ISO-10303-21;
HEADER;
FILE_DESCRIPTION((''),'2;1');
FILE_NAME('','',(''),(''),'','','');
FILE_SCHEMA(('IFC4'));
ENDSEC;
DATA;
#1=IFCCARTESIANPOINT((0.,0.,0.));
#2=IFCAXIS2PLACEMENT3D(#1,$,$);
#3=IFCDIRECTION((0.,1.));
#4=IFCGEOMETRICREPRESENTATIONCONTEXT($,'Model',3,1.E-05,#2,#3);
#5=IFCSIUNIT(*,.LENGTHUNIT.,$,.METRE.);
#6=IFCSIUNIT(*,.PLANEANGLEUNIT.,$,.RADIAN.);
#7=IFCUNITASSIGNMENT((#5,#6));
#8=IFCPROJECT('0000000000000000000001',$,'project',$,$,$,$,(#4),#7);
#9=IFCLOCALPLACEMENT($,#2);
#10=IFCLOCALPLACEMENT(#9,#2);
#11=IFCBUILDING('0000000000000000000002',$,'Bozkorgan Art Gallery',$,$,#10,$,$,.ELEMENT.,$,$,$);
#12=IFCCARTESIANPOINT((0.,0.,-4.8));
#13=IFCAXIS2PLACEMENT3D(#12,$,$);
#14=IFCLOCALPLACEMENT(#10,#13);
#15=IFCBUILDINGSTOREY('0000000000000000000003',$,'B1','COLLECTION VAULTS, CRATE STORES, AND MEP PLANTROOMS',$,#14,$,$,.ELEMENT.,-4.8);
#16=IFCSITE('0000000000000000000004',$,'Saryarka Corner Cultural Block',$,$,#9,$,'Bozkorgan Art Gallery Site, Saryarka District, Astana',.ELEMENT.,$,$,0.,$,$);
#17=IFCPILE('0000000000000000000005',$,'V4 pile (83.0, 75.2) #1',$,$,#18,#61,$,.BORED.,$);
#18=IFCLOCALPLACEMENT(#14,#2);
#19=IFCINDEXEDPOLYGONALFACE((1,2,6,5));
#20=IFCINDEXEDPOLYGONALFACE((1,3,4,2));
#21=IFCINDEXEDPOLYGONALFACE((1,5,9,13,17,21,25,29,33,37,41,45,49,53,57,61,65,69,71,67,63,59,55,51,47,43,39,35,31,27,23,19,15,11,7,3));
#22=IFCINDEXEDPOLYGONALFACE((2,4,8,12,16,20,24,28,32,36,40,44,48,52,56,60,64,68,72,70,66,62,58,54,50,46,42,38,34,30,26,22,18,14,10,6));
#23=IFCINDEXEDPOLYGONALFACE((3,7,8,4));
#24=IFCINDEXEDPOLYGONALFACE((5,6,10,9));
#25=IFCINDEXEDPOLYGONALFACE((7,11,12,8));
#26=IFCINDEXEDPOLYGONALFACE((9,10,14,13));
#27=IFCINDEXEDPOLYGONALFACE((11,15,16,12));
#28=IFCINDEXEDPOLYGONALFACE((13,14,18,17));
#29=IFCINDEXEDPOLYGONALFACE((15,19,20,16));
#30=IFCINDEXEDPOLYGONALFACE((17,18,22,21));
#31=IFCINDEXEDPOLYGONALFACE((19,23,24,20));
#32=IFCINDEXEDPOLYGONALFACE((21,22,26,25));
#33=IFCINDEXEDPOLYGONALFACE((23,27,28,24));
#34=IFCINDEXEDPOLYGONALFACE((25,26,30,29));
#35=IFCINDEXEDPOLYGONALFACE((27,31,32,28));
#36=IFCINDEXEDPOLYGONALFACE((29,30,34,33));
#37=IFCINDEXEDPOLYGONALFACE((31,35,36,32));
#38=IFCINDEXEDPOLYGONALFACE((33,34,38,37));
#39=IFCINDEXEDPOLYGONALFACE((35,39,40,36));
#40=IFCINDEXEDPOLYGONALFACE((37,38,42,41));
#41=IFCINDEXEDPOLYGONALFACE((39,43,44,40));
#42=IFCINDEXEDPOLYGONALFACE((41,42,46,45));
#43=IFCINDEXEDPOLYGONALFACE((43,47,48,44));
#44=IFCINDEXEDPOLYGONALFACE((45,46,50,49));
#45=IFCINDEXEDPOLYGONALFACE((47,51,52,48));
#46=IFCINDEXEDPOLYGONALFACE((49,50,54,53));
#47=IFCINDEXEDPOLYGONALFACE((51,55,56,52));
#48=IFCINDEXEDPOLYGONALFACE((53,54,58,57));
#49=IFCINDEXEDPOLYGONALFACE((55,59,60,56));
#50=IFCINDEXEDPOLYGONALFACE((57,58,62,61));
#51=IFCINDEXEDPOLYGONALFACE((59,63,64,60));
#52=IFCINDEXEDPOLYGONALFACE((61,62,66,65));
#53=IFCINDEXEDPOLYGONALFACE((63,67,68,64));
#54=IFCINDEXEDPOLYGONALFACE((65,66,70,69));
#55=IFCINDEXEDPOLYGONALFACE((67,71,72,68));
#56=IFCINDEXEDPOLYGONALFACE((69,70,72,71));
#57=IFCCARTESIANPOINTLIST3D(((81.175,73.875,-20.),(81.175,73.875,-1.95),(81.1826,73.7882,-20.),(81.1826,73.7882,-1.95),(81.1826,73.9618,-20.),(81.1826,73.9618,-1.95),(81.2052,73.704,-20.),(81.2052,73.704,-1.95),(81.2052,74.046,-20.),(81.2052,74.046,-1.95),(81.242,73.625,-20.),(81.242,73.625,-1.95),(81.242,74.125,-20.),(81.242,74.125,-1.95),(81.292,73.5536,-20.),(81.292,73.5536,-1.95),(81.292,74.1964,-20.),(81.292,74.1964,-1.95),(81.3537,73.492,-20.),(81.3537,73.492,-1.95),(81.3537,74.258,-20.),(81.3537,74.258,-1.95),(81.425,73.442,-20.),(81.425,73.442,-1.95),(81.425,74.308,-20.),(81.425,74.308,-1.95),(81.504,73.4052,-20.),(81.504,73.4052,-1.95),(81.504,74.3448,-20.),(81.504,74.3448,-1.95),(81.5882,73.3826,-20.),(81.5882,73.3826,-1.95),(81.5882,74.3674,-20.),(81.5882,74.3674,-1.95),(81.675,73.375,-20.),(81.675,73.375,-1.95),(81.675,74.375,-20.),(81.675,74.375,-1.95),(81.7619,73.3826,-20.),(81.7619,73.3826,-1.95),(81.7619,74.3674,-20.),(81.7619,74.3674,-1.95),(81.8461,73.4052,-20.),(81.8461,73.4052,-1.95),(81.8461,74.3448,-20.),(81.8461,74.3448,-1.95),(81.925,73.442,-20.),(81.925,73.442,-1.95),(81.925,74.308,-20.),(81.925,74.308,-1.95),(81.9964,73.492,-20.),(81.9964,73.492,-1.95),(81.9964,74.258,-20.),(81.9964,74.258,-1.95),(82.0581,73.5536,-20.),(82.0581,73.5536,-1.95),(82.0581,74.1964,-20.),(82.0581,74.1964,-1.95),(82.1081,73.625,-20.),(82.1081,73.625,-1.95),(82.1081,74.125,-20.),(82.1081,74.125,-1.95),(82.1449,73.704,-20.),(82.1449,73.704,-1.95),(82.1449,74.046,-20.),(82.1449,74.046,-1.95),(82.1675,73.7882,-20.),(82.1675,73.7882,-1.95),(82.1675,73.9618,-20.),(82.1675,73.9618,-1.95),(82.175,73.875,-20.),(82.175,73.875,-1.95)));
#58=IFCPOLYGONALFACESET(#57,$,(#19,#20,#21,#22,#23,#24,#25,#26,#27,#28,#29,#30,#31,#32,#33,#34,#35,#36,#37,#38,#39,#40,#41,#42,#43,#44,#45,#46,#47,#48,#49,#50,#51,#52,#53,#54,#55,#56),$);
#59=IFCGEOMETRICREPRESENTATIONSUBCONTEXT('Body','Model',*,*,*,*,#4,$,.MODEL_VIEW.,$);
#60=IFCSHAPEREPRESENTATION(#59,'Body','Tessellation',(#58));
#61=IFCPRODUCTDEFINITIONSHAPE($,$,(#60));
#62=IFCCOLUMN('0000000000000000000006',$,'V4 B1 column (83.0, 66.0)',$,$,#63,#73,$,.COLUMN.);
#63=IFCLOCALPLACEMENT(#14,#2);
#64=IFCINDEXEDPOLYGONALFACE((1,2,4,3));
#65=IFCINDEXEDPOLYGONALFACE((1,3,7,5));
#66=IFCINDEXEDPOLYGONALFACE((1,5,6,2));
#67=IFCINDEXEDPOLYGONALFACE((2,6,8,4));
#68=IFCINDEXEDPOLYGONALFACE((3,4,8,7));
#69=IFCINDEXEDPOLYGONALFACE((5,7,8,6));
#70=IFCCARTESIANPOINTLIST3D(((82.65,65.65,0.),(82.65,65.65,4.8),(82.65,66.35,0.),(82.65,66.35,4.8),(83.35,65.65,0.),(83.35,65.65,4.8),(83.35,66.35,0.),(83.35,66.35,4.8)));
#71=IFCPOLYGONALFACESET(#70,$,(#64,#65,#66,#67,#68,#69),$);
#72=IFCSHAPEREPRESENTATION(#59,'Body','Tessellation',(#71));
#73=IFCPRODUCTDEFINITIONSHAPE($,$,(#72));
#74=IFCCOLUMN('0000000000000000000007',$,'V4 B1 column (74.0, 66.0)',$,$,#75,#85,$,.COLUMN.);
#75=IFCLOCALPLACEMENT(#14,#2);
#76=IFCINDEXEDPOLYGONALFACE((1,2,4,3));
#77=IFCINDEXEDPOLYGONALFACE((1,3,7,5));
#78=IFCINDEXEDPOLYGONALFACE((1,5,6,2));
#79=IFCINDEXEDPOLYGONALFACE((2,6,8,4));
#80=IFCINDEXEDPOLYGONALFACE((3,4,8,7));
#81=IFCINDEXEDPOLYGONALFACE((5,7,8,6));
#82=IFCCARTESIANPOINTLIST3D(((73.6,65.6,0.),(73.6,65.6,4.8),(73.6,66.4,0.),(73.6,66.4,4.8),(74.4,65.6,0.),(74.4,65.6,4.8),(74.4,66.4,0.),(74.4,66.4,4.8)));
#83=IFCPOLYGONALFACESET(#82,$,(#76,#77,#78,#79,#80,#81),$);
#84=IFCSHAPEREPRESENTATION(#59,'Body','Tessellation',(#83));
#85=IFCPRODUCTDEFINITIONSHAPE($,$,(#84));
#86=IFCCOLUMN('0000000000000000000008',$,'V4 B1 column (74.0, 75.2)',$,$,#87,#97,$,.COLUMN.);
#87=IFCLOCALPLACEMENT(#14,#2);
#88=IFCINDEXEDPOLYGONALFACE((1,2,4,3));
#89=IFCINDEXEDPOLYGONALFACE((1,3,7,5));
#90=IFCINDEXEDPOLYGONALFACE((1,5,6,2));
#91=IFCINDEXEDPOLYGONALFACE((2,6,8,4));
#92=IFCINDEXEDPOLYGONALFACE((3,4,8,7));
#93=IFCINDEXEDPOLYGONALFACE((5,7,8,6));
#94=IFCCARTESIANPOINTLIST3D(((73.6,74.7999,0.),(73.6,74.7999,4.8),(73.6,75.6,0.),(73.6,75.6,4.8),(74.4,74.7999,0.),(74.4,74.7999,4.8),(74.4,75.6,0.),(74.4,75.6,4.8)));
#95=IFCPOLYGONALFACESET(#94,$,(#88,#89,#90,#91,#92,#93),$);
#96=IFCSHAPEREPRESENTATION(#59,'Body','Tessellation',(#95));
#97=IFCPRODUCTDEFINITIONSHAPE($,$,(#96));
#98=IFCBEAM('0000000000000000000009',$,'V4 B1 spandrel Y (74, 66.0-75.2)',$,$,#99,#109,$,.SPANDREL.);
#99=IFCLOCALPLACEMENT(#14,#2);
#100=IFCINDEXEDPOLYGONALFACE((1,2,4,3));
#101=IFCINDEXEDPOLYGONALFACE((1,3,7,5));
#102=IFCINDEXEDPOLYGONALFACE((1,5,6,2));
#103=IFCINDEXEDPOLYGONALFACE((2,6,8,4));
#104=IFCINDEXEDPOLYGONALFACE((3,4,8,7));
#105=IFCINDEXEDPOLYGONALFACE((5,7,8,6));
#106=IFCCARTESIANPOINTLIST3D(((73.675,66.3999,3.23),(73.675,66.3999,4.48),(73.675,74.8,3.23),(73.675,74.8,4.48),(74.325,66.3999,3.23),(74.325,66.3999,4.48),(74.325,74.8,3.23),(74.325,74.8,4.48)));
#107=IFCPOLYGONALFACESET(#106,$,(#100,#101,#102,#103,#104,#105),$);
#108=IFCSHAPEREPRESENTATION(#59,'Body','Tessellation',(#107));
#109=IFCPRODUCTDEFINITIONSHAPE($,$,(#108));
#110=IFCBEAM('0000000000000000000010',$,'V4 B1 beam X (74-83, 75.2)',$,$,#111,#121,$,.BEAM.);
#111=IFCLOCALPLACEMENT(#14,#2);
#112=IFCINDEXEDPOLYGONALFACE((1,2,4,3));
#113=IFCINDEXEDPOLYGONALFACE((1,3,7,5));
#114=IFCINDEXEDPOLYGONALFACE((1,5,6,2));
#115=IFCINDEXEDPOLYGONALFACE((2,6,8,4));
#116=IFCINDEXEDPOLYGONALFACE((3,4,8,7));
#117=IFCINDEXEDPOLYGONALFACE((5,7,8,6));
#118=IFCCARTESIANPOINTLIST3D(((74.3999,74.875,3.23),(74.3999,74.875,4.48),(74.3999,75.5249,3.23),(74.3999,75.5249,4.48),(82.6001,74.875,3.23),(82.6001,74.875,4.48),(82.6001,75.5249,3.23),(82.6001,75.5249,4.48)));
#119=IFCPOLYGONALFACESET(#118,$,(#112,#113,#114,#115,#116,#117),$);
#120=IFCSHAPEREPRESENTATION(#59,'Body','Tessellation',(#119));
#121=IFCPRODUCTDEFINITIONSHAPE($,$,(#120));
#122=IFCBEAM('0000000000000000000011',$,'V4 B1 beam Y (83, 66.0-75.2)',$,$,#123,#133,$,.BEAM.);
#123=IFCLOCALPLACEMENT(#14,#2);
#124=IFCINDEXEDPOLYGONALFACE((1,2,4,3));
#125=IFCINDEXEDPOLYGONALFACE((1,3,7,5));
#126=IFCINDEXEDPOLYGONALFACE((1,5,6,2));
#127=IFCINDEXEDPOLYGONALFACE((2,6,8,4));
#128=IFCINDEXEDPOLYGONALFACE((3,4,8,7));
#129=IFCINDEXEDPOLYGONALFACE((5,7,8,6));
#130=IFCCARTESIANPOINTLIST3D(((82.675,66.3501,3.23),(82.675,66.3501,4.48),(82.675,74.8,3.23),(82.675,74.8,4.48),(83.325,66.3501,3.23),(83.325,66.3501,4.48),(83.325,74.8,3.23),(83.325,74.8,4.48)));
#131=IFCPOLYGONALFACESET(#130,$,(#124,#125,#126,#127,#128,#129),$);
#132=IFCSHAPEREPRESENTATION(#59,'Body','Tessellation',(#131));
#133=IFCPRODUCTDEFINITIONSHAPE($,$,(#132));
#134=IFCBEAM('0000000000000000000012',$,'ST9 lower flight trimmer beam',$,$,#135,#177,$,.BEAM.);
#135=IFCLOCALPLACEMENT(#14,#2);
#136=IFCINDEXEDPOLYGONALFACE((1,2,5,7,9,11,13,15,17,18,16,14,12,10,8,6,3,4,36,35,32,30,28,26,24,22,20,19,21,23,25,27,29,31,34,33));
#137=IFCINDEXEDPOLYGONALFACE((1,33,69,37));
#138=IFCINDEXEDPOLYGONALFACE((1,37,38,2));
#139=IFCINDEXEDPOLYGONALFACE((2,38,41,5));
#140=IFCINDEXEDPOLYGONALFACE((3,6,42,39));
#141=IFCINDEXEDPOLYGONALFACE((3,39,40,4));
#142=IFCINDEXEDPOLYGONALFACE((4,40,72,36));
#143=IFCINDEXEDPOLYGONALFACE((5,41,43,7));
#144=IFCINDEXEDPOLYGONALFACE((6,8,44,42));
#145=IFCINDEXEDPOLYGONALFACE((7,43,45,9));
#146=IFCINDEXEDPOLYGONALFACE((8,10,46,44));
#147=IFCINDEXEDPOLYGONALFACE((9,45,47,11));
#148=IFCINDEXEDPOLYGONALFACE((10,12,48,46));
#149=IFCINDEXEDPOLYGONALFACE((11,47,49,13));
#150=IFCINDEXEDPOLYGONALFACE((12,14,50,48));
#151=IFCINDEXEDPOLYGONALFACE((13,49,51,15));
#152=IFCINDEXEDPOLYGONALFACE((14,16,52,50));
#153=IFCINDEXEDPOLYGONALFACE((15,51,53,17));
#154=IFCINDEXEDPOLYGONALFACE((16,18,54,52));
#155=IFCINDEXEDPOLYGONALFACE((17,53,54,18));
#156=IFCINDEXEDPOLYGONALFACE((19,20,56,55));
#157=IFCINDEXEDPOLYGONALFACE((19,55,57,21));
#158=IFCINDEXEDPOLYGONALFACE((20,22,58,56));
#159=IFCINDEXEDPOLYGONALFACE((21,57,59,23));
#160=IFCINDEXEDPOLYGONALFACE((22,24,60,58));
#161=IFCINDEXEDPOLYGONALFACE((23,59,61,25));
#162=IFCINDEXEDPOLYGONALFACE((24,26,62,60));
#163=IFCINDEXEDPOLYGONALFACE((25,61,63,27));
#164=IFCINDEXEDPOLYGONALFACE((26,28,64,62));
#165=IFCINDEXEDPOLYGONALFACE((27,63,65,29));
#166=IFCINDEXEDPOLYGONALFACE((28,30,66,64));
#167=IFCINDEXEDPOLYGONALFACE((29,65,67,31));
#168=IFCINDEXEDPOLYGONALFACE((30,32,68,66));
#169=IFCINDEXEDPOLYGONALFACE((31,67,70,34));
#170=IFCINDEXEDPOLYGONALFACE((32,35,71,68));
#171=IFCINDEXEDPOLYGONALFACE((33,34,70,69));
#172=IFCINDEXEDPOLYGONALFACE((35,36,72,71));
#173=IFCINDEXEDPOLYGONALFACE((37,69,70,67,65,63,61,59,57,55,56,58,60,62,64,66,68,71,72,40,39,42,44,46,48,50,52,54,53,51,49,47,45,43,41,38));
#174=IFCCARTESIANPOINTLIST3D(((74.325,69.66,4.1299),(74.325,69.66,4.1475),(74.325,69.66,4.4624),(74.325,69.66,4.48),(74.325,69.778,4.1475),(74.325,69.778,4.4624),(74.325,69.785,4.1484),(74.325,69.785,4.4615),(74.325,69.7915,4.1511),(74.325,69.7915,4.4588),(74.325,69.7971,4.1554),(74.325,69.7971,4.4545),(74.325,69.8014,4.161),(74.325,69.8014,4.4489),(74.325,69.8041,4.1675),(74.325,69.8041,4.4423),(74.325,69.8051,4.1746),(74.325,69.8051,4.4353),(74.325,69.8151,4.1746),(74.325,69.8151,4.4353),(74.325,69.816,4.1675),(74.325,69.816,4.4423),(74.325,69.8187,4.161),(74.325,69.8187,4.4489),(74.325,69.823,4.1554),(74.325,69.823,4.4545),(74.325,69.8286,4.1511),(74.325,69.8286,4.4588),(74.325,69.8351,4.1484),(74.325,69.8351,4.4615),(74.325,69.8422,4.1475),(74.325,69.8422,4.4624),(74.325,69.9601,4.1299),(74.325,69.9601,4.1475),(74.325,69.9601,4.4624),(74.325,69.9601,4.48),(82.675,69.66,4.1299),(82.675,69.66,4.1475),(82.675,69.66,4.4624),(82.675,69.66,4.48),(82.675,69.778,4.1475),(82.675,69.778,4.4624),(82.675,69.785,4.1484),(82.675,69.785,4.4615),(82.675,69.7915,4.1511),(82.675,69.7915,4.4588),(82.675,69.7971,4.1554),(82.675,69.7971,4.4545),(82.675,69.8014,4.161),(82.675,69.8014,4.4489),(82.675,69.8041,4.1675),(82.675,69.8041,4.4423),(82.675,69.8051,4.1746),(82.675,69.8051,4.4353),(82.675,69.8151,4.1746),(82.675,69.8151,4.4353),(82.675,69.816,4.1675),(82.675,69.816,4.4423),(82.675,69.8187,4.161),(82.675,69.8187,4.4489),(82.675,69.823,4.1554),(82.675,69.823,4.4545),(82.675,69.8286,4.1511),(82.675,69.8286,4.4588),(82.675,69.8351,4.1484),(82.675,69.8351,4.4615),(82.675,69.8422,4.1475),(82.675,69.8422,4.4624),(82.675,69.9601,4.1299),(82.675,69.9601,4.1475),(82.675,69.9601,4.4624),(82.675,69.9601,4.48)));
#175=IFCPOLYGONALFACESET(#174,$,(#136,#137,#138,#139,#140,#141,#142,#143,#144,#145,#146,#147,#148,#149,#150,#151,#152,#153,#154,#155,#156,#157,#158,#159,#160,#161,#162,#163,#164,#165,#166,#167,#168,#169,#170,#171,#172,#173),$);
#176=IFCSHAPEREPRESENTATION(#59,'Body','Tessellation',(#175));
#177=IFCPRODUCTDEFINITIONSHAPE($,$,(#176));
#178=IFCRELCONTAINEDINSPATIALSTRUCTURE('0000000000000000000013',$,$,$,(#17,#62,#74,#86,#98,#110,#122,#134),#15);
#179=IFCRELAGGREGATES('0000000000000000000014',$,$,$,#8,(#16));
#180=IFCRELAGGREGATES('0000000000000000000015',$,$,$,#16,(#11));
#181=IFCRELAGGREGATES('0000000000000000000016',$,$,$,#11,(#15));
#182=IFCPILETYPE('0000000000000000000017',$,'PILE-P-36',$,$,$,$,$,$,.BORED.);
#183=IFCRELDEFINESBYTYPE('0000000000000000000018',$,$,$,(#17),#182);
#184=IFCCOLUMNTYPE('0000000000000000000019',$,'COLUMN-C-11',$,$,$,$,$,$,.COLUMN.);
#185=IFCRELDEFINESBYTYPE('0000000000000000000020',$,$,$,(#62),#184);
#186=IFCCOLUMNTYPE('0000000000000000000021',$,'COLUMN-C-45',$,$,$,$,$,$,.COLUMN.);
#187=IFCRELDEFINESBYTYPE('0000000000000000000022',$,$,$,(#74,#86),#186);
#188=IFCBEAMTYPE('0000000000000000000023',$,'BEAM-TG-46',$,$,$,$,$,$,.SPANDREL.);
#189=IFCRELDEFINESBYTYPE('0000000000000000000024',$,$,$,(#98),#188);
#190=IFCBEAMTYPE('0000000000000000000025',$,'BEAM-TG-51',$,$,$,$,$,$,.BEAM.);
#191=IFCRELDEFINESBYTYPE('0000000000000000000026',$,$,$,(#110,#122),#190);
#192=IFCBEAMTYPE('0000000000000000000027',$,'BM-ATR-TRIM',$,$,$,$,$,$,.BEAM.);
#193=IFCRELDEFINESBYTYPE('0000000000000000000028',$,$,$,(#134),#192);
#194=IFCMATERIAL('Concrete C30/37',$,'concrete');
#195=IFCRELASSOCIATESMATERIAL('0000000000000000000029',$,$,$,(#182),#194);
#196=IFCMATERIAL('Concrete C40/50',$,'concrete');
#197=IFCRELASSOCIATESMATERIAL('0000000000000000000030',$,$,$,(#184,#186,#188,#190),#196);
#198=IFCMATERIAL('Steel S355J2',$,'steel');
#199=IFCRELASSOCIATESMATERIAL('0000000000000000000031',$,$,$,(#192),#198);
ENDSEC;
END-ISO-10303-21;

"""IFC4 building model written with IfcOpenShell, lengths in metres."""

from ifc_helpers import new_model, si_unit, direction, frame, origin, origin_2d, place, context, subcontext, project, spatial, rectangle, circle, i_section, extrude, material, material_profile, profile_set, type_object, element, save


model = new_model("IFC4")

# Units and contexts
model_context = context("Model", 3, precision=1e-05, world=origin(), true_north=direction((0.0, 1.0)))
body_context = subcontext(model_context, "Body", "Model", "MODEL_VIEW")
ifc_project = project(units=[si_unit("LENGTHUNIT", "METRE"), si_unit("PLANEANGLEUNIT", "RADIAN")], contexts=[model_context])

# Site, building, storey
site_placement = place(None, origin())
site = spatial("IfcSite", under=ifc_project, at=site_placement, Name="Saryarka Corner Cultural Block", LongName="Bozkorgan Art Gallery Site, Saryarka District, Astana", CompositionType="ELEMENT", RefElevation=0.0)
building_placement = place(site_placement, origin())
building = spatial("IfcBuilding", under=site, at=building_placement, Name="Bozkorgan Art Gallery", CompositionType="ELEMENT")
storey_placement = place(building_placement, frame((0.0, 0.0, -4.8)))
storey = spatial("IfcBuildingStorey", under=building, at=storey_placement, Name="B1", Description="COLLECTION VAULTS, CRATE STORES, AND MEP PLANTROOMS", CompositionType="ELEMENT", Elevation=-4.8)

# Shared definitions
ifc_material_1 = material(Name="Concrete C30/37", Category="concrete")

# Pile
ifc_material_profile_1 = material_profile(ifc_material_1, circle(Radius=0.5, at=origin_2d()), Name="PILE D1000")
ifc_profile_set_1 = profile_set([ifc_material_profile_1], Name="Concrete C30/37")
pile_type = type_object("IfcPileType", Name="PILE-P-36", PredefinedType="BORED", material=ifc_profile_set_1)
for number, where, z_axis, x_axis, name in (
    (1, (81.675, 73.875, -1.95), (0.0, 0.0, -1.0), (1.0, 0.0, 0.0), "V4 pile (83.0, 75.2) #1"),
):
    element("IfcPile", number, at=place(storey_placement, frame(where, z_axis=z_axis, x_axis=x_axis)), inside=storey, type_object=pile_type, Name=name, PredefinedType="BORED", context=body_context, shape_type="SweptSolid", body=[
        extrude(circle(Radius=0.5, at=origin_2d()), origin(), (0.0, 0.0, 1.0), 18.05),
    ])

# Columns
ifc_material_2 = material(Name="Concrete C40/50", Category="concrete")
ifc_material_profile_2 = material_profile(ifc_material_2, rectangle(XDim=0.7, YDim=0.7, at=origin_2d()), Name="RC 700x700")
ifc_profile_set_2 = profile_set([ifc_material_profile_2], Name="Concrete C40/50")
column_type_1 = type_object("IfcColumnType", Name="COLUMN-C-11", PredefinedType="COLUMN", material=ifc_profile_set_2)
column_placement = place(storey_placement, frame((83.0, 66.0, 0.0), z_axis=(0.0, 0.0, 1.0), x_axis=(1.0, 0.0, 0.0)))
element("IfcColumn", 2, at=column_placement, inside=storey, type_object=column_type_1, Name="V4 B1 column (83.0, 66.0)", PredefinedType="COLUMN", context=body_context, shape_type="SweptSolid", body=[
    extrude(rectangle(XDim=0.7, YDim=0.7, at=origin_2d()), origin(), (0.0, 0.0, 1.0), 4.8),
])
ifc_material_profile_3 = material_profile(ifc_material_2, rectangle(XDim=0.8, YDim=0.8, at=origin_2d()), Name="RC 800x800")
ifc_profile_set_3 = profile_set([ifc_material_profile_3], Name="Concrete C40/50")
column_type_2 = type_object("IfcColumnType", Name="COLUMN-C-45", PredefinedType="COLUMN", material=ifc_profile_set_3)
for number, where, z_axis, x_axis, name in (
    (3, (74.0, 66.0, 0.0), (0.0, 0.0, 1.0), (1.0, 0.0, 0.0), "V4 B1 column (74.0, 66.0)"),
    (4, (74.0, 75.2, 0.0), (0.0, 0.0, 1.0), (1.0, 0.0, 0.0), "V4 B1 column (74.0, 75.2)"),
):
    element("IfcColumn", number, at=place(storey_placement, frame(where, z_axis=z_axis, x_axis=x_axis)), inside=storey, type_object=column_type_2, Name=name, PredefinedType="COLUMN", context=body_context, shape_type="SweptSolid", body=[
        extrude(rectangle(XDim=0.8, YDim=0.8, at=origin_2d()), origin(), (0.0, 0.0, 1.0), 4.8),
    ])

# Beams
ifc_material_profile_4 = material_profile(ifc_material_2, rectangle(XDim=0.6499, YDim=1.25, at=origin_2d()), Name="RC 650x1250")
ifc_profile_set_4 = profile_set([ifc_material_profile_4], Name="Concrete C40/50")
beam_type_1 = type_object("IfcBeamType", Name="BEAM-TG-46", PredefinedType="SPANDREL", material=ifc_profile_set_4)
beam_1_placement = place(storey_placement, frame((74.0, 66.3999, 3.855), z_axis=(0.0, 1.0, 0.0), x_axis=(-1.0, 0.0, 0.0)))
element("IfcBeam", 5, at=beam_1_placement, inside=storey, type_object=beam_type_1, Name="V4 B1 spandrel Y (74, 66.0-75.2)", PredefinedType="SPANDREL", context=body_context, shape_type="SweptSolid", body=[
    extrude(rectangle(XDim=0.6499, YDim=1.25, at=origin_2d()), origin(), (0.0, 0.0, 1.0), 8.4001),
])
ifc_material_profile_5 = material_profile(ifc_material_2, rectangle(XDim=0.6499, YDim=1.25, at=origin_2d()), Name="RC 650x1250")
ifc_profile_set_5 = profile_set([ifc_material_profile_5], Name="Concrete C40/50")
beam_type_2 = type_object("IfcBeamType", Name="BEAM-TG-51", PredefinedType="BEAM", material=ifc_profile_set_5)
beam_2_placement = place(storey_placement, frame((74.3999, 75.2, 3.855), z_axis=(1.0, 0.0, 0.0), x_axis=(0.0, 1.0, 0.0)))
element("IfcBeam", 6, at=beam_2_placement, inside=storey, type_object=beam_type_2, Name="V4 B1 beam X (74-83, 75.2)", PredefinedType="BEAM", context=body_context, shape_type="SweptSolid", body=[
    extrude(rectangle(XDim=0.6499, YDim=1.25, at=origin_2d()), origin(), (0.0, 0.0, 1.0), 8.2002),
])
beam_3_placement = place(storey_placement, frame((83.0, 66.3501, 3.855), z_axis=(0.0, 1.0, 0.0), x_axis=(-1.0, 0.0, 0.0)))
element("IfcBeam", 7, at=beam_3_placement, inside=storey, type_object=beam_type_2, Name="V4 B1 beam Y (83, 66.0-75.2)", PredefinedType="BEAM", context=body_context, shape_type="SweptSolid", body=[
    extrude(rectangle(XDim=0.6499, YDim=1.25, at=origin_2d()), origin(), (0.0, 0.0, 1.0), 8.45),
])
ifc_material_3 = material(Name="Steel S355J2", Category="steel")
ifc_material_profile_6 = material_profile(ifc_material_3, i_section(OverallWidth=0.3, OverallDepth=0.3501, WebThickness=0.01, FlangeThickness=0.0176, FilletRadius=0.0271, at=origin_2d()), Name="HEA 360")
ifc_profile_set_6 = profile_set([ifc_material_profile_6], Name="Steel S355J2")
beam_type_3 = type_object("IfcBeamType", Name="BM-ATR-TRIM", PredefinedType="BEAM", material=ifc_profile_set_6)
beam_4_placement = place(storey_placement, frame((74.325, 69.8101, 4.3049), z_axis=(1.0, 0.0, 0.0), x_axis=(0.0, 1.0, 0.0)))
element("IfcBeam", 8, at=beam_4_placement, inside=storey, type_object=beam_type_3, Name="ST9 lower flight trimmer beam", PredefinedType="BEAM", context=body_context, shape_type="SweptSolid", body=[
    extrude(i_section(OverallWidth=0.3, OverallDepth=0.3501, WebThickness=0.01, FlangeThickness=0.0176, FilletRadius=0.0271, at=origin_2d()), origin(), (0.0, 0.0, 1.0), 8.3501),
])

save(model, "model.ifc")
